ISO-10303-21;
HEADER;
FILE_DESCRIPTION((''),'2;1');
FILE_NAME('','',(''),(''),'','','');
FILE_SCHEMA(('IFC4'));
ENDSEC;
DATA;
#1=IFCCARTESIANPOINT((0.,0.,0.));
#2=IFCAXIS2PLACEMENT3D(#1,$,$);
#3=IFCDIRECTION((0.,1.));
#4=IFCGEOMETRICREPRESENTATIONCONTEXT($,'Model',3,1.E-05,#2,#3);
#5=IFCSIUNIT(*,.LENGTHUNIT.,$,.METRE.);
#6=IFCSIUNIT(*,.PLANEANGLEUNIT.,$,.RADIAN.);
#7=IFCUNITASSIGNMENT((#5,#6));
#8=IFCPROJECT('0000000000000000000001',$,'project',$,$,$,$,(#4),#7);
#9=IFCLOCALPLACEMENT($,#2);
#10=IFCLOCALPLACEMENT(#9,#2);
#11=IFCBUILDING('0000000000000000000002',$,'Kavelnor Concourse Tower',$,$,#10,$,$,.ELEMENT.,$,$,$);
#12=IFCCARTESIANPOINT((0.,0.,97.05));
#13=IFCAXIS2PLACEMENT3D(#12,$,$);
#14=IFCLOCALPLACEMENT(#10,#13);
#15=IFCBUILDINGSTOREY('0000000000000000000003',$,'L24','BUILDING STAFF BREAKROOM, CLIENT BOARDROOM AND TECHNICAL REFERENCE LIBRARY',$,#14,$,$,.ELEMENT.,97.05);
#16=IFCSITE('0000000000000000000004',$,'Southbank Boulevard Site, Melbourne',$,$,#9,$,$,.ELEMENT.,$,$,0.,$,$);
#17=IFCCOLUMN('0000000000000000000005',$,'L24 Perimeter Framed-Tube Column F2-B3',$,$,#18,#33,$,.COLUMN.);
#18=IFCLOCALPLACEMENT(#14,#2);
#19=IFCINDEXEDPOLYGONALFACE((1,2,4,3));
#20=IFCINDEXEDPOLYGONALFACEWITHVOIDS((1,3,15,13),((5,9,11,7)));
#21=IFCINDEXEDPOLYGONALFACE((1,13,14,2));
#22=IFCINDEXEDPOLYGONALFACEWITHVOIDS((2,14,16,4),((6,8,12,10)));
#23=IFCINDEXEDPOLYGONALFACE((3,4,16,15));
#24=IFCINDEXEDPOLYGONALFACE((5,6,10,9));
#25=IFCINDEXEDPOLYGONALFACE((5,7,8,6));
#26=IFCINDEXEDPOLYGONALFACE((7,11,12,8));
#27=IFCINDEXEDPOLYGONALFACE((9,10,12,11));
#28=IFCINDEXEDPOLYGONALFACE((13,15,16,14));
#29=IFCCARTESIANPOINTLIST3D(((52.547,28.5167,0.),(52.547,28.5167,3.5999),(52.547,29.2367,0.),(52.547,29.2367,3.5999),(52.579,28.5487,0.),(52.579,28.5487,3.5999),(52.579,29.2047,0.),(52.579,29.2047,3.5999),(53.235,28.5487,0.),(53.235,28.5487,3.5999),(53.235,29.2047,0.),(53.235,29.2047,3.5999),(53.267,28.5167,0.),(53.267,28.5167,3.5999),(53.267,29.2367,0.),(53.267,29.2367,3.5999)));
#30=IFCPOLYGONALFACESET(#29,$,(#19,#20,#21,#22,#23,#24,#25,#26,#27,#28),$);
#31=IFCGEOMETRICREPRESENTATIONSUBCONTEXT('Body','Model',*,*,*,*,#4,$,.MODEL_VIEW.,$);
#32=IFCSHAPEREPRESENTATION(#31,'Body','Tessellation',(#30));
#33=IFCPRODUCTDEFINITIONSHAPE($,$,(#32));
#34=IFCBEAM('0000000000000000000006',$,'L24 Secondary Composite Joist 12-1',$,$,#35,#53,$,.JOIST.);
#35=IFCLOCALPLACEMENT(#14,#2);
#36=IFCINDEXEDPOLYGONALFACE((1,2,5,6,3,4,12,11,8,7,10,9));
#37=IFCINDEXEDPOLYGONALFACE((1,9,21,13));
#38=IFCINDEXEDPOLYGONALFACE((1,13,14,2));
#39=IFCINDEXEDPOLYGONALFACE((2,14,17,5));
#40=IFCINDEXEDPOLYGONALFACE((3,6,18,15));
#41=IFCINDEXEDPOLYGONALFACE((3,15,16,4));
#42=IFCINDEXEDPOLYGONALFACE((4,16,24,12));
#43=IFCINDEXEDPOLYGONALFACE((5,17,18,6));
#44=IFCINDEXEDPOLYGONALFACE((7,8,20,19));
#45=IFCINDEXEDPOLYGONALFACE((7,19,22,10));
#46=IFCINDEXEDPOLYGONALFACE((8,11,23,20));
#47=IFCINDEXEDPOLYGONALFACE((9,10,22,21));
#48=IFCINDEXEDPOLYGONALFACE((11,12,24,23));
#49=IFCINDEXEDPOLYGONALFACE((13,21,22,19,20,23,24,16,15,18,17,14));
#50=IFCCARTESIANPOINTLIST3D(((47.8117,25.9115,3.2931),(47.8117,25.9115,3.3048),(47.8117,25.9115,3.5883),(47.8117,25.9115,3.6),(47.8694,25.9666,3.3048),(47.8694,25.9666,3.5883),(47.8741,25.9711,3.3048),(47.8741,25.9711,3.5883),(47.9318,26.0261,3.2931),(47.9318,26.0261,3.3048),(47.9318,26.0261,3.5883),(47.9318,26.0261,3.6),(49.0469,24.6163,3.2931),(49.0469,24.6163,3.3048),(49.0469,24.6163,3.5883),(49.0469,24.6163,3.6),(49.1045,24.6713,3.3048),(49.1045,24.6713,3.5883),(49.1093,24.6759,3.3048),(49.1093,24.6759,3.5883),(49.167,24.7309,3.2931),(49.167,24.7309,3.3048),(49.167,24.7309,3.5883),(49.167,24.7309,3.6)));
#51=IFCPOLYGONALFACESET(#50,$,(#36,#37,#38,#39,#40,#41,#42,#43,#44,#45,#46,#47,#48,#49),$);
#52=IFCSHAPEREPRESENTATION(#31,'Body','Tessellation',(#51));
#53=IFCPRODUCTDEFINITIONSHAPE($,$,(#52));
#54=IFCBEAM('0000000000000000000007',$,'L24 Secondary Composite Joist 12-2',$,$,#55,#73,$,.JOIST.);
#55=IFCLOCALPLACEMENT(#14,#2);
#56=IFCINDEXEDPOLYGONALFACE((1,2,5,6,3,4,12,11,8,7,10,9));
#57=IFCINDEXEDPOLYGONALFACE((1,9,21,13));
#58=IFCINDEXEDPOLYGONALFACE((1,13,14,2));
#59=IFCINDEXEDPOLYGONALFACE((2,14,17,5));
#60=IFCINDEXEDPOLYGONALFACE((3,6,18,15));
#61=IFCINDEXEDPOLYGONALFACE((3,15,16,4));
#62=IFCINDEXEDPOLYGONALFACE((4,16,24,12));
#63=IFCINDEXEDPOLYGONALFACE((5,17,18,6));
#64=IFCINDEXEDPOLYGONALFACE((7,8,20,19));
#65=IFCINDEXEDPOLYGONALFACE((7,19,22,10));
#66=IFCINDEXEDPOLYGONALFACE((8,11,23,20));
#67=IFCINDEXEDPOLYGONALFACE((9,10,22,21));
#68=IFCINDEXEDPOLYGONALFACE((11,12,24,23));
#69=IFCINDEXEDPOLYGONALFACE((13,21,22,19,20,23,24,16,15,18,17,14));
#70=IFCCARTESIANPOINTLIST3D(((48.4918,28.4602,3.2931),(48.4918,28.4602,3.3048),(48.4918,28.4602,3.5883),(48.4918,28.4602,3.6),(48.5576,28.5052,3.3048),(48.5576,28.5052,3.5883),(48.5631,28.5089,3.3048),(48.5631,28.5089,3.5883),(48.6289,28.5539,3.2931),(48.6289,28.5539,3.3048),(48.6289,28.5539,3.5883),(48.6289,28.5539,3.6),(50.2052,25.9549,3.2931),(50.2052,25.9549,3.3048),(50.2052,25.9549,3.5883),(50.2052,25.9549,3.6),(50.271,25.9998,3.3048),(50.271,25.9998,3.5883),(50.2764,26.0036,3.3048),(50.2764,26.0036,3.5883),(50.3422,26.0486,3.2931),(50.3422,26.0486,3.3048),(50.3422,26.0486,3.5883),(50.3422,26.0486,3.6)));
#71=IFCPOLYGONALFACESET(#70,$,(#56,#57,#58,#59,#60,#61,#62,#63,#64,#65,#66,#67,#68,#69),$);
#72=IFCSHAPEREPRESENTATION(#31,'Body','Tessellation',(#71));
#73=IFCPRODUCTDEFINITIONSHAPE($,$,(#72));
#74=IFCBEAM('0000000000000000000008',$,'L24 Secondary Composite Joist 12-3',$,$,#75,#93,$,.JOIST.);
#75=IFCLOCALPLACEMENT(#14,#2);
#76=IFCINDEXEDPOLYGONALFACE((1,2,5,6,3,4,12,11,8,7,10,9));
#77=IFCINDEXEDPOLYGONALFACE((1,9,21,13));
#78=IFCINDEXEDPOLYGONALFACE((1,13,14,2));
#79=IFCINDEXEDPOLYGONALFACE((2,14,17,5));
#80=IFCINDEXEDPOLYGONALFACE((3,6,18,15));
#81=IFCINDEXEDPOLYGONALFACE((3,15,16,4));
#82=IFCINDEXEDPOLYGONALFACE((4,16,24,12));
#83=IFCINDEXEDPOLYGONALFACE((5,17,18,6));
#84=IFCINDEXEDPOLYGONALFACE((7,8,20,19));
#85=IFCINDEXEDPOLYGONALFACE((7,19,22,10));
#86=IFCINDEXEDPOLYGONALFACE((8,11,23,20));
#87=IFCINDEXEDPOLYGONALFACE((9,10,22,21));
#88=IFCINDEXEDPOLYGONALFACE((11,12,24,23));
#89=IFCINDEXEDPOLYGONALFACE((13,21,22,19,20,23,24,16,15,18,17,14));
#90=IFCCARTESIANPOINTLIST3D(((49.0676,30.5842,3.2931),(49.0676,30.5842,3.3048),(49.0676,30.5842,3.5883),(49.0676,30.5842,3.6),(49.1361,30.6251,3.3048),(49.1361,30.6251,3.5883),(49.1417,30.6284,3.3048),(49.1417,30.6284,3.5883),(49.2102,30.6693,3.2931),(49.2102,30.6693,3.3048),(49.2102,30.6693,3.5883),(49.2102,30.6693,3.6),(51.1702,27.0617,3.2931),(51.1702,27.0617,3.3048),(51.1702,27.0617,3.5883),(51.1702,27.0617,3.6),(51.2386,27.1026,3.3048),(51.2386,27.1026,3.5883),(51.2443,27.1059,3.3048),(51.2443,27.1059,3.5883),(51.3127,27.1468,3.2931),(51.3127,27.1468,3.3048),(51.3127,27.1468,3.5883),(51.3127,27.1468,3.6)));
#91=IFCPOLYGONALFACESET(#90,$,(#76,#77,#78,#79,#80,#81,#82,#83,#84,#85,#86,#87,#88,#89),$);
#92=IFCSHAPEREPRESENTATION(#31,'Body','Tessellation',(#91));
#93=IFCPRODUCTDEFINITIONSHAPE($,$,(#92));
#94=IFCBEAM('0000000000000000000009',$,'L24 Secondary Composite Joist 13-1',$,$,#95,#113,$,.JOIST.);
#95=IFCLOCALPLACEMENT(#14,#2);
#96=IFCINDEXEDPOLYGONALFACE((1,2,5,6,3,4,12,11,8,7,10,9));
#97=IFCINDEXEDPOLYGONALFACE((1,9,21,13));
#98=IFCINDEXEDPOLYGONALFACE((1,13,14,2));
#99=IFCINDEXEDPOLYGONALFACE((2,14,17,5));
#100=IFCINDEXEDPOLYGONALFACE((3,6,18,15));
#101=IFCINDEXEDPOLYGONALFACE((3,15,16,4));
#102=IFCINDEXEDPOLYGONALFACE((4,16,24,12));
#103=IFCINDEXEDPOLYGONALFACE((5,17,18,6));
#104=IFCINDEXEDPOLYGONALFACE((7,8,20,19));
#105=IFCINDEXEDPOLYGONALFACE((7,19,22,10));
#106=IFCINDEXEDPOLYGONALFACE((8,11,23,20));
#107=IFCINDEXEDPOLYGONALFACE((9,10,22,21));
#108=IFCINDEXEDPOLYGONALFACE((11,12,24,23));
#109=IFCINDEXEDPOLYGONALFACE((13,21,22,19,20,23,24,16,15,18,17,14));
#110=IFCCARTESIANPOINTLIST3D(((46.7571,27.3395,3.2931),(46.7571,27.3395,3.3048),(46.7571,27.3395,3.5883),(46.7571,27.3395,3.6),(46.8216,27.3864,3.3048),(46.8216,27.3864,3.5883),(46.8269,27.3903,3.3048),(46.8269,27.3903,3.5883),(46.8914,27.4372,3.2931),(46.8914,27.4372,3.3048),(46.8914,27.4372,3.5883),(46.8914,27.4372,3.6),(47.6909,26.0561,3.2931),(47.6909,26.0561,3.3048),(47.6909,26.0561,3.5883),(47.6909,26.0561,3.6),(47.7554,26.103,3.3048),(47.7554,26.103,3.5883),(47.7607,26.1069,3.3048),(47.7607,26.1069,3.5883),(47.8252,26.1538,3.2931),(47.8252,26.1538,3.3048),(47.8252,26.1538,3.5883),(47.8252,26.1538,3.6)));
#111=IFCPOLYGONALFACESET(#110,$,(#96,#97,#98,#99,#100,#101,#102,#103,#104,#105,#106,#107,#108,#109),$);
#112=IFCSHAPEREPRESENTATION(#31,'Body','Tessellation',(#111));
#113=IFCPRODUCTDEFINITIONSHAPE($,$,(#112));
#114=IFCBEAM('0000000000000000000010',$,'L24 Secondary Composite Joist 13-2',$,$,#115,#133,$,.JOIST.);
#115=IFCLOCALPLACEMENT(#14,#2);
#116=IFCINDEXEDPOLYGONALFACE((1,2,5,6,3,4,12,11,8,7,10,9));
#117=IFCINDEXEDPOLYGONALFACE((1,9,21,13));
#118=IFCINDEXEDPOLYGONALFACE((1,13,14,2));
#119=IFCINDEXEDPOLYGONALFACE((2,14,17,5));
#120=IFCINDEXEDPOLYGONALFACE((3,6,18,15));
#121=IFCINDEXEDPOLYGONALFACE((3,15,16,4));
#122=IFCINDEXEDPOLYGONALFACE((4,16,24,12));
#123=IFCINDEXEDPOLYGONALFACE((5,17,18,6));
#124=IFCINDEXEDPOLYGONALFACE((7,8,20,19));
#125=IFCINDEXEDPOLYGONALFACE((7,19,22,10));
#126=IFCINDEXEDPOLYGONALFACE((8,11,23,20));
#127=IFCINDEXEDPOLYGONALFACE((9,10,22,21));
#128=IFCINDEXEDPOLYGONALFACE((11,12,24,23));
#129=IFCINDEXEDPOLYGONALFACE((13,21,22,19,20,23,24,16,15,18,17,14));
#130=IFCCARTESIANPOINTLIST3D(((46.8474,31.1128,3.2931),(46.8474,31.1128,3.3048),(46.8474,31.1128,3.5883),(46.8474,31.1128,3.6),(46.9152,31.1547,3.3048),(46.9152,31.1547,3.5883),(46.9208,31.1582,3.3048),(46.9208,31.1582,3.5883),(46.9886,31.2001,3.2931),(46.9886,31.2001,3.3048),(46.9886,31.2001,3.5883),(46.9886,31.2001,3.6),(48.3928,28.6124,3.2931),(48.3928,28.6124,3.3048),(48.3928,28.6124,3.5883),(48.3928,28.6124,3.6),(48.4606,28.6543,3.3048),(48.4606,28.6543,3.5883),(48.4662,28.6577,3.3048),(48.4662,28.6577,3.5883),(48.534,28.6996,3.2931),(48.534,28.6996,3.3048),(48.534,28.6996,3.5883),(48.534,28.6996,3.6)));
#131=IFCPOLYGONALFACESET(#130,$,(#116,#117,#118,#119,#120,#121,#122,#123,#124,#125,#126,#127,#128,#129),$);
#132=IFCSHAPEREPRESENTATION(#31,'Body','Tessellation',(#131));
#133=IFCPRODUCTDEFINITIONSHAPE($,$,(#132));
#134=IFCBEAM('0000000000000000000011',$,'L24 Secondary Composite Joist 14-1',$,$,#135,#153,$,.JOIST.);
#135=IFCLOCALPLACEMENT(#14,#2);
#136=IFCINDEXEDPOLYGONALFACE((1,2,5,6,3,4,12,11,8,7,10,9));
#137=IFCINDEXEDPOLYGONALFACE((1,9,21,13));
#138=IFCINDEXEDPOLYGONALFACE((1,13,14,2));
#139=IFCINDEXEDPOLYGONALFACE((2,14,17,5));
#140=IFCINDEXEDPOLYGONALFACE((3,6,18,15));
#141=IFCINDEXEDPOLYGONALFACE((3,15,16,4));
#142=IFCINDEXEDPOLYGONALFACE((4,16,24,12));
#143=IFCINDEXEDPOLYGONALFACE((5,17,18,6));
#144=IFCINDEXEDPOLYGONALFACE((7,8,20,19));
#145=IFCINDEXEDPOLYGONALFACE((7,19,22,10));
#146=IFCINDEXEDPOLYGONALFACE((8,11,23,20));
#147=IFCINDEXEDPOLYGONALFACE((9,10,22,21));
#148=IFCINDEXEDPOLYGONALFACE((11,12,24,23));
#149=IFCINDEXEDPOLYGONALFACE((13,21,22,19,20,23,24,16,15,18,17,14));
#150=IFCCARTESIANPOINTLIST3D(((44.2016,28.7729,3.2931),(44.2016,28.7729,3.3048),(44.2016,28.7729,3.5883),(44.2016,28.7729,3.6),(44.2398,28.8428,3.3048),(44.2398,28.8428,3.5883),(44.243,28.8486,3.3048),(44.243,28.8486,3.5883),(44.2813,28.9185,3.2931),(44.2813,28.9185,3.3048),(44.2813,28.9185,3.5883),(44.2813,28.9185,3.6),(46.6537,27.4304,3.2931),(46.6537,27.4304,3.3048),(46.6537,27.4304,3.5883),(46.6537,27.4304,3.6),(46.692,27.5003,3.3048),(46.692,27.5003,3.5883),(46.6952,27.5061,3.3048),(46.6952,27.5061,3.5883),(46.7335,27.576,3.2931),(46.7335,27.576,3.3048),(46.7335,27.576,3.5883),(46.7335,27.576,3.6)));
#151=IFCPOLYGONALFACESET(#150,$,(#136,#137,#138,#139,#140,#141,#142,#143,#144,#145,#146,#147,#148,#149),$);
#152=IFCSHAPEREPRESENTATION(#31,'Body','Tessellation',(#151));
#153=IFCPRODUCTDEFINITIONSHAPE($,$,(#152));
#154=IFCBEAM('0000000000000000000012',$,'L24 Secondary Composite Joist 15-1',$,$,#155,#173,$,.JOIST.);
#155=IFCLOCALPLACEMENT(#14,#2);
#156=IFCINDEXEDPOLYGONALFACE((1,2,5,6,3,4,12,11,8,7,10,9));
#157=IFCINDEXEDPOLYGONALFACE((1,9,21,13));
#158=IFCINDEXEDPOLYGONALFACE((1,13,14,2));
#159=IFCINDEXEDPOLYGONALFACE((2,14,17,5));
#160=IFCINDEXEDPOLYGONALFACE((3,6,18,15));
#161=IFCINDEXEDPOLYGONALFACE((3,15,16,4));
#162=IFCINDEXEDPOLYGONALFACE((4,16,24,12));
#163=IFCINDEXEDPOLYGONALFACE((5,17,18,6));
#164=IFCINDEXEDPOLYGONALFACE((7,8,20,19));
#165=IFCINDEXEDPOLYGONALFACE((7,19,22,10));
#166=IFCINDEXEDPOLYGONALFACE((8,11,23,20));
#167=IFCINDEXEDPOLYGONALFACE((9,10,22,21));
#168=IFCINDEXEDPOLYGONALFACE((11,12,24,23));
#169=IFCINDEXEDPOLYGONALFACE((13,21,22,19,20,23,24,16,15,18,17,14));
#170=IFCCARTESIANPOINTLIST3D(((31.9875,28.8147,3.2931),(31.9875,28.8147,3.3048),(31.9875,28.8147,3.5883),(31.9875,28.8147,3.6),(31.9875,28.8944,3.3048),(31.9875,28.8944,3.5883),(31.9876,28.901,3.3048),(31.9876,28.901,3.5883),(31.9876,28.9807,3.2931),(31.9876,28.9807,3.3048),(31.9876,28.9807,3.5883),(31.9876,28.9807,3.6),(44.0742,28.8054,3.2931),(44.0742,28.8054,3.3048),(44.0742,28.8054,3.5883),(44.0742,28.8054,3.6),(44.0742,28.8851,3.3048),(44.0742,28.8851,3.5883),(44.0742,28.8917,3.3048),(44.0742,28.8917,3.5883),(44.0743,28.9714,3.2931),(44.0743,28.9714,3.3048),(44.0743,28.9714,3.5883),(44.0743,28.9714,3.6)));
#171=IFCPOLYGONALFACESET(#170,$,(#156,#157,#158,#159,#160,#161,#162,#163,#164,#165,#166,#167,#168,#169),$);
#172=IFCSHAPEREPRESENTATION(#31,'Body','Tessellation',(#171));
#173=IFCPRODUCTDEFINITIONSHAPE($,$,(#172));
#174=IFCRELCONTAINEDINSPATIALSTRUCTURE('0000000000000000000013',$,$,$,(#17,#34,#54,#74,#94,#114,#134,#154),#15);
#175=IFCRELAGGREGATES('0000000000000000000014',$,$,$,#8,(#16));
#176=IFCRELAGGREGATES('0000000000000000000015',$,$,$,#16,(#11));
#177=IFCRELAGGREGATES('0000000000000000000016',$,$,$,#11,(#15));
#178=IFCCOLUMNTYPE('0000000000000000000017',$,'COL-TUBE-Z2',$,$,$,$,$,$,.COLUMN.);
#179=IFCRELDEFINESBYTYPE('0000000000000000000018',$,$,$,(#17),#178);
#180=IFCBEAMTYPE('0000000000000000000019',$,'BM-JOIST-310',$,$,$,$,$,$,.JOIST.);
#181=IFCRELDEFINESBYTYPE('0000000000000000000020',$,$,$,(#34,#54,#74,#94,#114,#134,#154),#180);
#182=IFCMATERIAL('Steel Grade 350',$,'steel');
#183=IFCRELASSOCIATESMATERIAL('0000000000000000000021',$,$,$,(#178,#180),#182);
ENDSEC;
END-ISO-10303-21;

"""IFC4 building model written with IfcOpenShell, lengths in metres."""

from ifc_helpers import new_model, si_unit, direction, frame, origin, origin_2d, place, context, subcontext, project, spatial, hollow_rectangle, i_section, extrude, material, material_profile, profile_set, type_object, element, save


model = new_model("IFC4")

# Units and contexts
model_context = context("Model", 3, precision=1e-05, world=origin(), true_north=direction((0.0, 1.0)))
body_context = subcontext(model_context, "Body", "Model", "MODEL_VIEW")
ifc_project = project(units=[si_unit("LENGTHUNIT", "METRE"), si_unit("PLANEANGLEUNIT", "RADIAN")], contexts=[model_context])

# Site, building, storey
site_placement = place(None, origin())
site = spatial("IfcSite", under=ifc_project, at=site_placement, Name="Southbank Boulevard Site, Melbourne", CompositionType="ELEMENT", RefElevation=0.0)
building_placement = place(site_placement, origin())
building = spatial("IfcBuilding", under=site, at=building_placement, Name="Kavelnor Concourse Tower", CompositionType="ELEMENT")
storey_placement = place(building_placement, frame((0.0, 0.0, 97.05)))
storey = spatial("IfcBuildingStorey", under=building, at=storey_placement, Name="L24", Description="BUILDING STAFF BREAKROOM, CLIENT BOARDROOM AND TECHNICAL REFERENCE LIBRARY", CompositionType="ELEMENT", Elevation=97.05)

# Column
ifc_material_1 = material(Name="Steel Grade 350", Category="steel")
ifc_material_profile_1 = material_profile(ifc_material_1, hollow_rectangle(XDim=0.72, YDim=0.72, WallThickness=0.032, at=origin_2d()), Name="SHS 720x720x32")
ifc_profile_set_1 = profile_set([ifc_material_profile_1], Name="Steel Grade 350")
column_type = type_object("IfcColumnType", Name="COL-TUBE-Z2", PredefinedType="COLUMN", material=ifc_profile_set_1)
column_placement = place(storey_placement, frame((52.907, 28.8767, 0.0), z_axis=(0.0, 0.0, 1.0), x_axis=(1.0, 0.0, 0.0)))
element("IfcColumn", 1, at=column_placement, inside=storey, type_object=column_type, Name="L24 Perimeter Framed-Tube Column F2-B3", PredefinedType="COLUMN", context=body_context, shape_type="SweptSolid", body=[
    extrude(hollow_rectangle(XDim=0.72, YDim=0.72, WallThickness=0.032, at=origin_2d()), origin(), (0.0, 0.0, 1.0), 3.5999),
])

# Beams
ifc_material_profile_2 = material_profile(ifc_material_1, i_section(OverallWidth=0.166, OverallDepth=0.3069, WebThickness=0.0066, FlangeThickness=0.0117, at=origin_2d()), Name="310UB46")
ifc_profile_set_2 = profile_set([ifc_material_profile_2], Name="Steel Grade 350")
beam_type_1 = type_object("IfcBeamType", Name="BM-JOIST-310", PredefinedType="JOIST", material=ifc_profile_set_2)
beam_1_placement = place(storey_placement, frame((49.1069, 24.6736, 3.4465), z_axis=(-0.690129, 0.723687, 0.0), x_axis=(-0.723687, -0.690129, 0.0)))
element("IfcBeam", 2, at=beam_1_placement, inside=storey, type_object=beam_type_1, Name="L24 Secondary Composite Joist 12-1", PredefinedType="JOIST", context=body_context, shape_type="SweptSolid", body=[
    extrude(i_section(OverallWidth=0.166, OverallDepth=0.3069, WebThickness=0.0066, FlangeThickness=0.0117, at=origin_2d()), origin(), (0.0, 0.0, 1.0), 1.7898),
])
beam_2_placement = place(storey_placement, frame((50.2737, 26.0017, 3.4465), z_axis=(-0.564499, 0.825434, 0.0), x_axis=(-0.825434, -0.564499, 0.0)))
element("IfcBeam", 3, at=beam_2_placement, inside=storey, type_object=beam_type_1, Name="L24 Secondary Composite Joist 12-2", PredefinedType="JOIST", context=body_context, shape_type="SweptSolid", body=[
    extrude(i_section(OverallWidth=0.166, OverallDepth=0.3069, WebThickness=0.0066, FlangeThickness=0.0117, at=origin_2d()), origin(), (0.0, 0.0, 1.0), 3.0352),
])
beam_3_placement = place(storey_placement, frame((51.2415, 27.1042, 3.4465), z_axis=(-0.512534, 0.858667, 0.0), x_axis=(-0.858667, -0.512534, 0.0)))
element("IfcBeam", 4, at=beam_3_placement, inside=storey, type_object=beam_type_1, Name="L24 Secondary Composite Joist 12-3", PredefinedType="JOIST", context=body_context, shape_type="SweptSolid", body=[
    extrude(i_section(OverallWidth=0.166, OverallDepth=0.3069, WebThickness=0.0066, FlangeThickness=0.0117, at=origin_2d()), origin(), (0.0, 0.0, 1.0), 4.1023),
])
beam_4_placement = place(storey_placement, frame((47.7581, 26.105, 3.4465), z_axis=(-0.588345, 0.80861, 0.0), x_axis=(-0.80861, -0.588345, 0.0)))
element("IfcBeam", 5, at=beam_4_placement, inside=storey, type_object=beam_type_1, Name="L24 Secondary Composite Joist 13-1", PredefinedType="JOIST", context=body_context, shape_type="SweptSolid", body=[
    extrude(i_section(OverallWidth=0.166, OverallDepth=0.3069, WebThickness=0.0066, FlangeThickness=0.0117, at=origin_2d()), origin(), (0.0, 0.0, 1.0), 1.5872),
])
beam_5_placement = place(storey_placement, frame((48.4634, 28.656, 3.4465), z_axis=(-0.525737, 0.850647, 0.0), x_axis=(-0.850647, -0.525737, 0.0)))
element("IfcBeam", 6, at=beam_5_placement, inside=storey, type_object=beam_type_1, Name="L24 Secondary Composite Joist 13-2", PredefinedType="JOIST", context=body_context, shape_type="SweptSolid", body=[
    extrude(i_section(OverallWidth=0.166, OverallDepth=0.3069, WebThickness=0.0066, FlangeThickness=0.0117, at=origin_2d()), origin(), (0.0, 0.0, 1.0), 2.9395),
])
beam_6_placement = place(storey_placement, frame((46.6936, 27.5032, 3.4465), z_axis=(-0.877144, 0.480228, 0.0), x_axis=(-0.480228, -0.877144, 0.0)))
element("IfcBeam", 7, at=beam_6_placement, inside=storey, type_object=beam_type_1, Name="L24 Secondary Composite Joist 14-1", PredefinedType="JOIST", context=body_context, shape_type="SweptSolid", body=[
    extrude(i_section(OverallWidth=0.166, OverallDepth=0.3069, WebThickness=0.0066, FlangeThickness=0.0117, at=origin_2d()), origin(), (0.0, 0.0, 1.0), 2.7957),
])
beam_7_placement = place(storey_placement, frame((44.0742, 28.8884, 3.4465), z_axis=(-1.0, 0.000768, 0.0), x_axis=(-0.000768, -1.0, 0.0)))
element("IfcBeam", 8, at=beam_7_placement, inside=storey, type_object=beam_type_1, Name="L24 Secondary Composite Joist 15-1", PredefinedType="JOIST", context=body_context, shape_type="SweptSolid", body=[
    extrude(i_section(OverallWidth=0.166, OverallDepth=0.3069, WebThickness=0.0066, FlangeThickness=0.0117, at=origin_2d()), origin(), (0.0, 0.0, 1.0), 12.0867),
])

save(model, "model.ifc")
